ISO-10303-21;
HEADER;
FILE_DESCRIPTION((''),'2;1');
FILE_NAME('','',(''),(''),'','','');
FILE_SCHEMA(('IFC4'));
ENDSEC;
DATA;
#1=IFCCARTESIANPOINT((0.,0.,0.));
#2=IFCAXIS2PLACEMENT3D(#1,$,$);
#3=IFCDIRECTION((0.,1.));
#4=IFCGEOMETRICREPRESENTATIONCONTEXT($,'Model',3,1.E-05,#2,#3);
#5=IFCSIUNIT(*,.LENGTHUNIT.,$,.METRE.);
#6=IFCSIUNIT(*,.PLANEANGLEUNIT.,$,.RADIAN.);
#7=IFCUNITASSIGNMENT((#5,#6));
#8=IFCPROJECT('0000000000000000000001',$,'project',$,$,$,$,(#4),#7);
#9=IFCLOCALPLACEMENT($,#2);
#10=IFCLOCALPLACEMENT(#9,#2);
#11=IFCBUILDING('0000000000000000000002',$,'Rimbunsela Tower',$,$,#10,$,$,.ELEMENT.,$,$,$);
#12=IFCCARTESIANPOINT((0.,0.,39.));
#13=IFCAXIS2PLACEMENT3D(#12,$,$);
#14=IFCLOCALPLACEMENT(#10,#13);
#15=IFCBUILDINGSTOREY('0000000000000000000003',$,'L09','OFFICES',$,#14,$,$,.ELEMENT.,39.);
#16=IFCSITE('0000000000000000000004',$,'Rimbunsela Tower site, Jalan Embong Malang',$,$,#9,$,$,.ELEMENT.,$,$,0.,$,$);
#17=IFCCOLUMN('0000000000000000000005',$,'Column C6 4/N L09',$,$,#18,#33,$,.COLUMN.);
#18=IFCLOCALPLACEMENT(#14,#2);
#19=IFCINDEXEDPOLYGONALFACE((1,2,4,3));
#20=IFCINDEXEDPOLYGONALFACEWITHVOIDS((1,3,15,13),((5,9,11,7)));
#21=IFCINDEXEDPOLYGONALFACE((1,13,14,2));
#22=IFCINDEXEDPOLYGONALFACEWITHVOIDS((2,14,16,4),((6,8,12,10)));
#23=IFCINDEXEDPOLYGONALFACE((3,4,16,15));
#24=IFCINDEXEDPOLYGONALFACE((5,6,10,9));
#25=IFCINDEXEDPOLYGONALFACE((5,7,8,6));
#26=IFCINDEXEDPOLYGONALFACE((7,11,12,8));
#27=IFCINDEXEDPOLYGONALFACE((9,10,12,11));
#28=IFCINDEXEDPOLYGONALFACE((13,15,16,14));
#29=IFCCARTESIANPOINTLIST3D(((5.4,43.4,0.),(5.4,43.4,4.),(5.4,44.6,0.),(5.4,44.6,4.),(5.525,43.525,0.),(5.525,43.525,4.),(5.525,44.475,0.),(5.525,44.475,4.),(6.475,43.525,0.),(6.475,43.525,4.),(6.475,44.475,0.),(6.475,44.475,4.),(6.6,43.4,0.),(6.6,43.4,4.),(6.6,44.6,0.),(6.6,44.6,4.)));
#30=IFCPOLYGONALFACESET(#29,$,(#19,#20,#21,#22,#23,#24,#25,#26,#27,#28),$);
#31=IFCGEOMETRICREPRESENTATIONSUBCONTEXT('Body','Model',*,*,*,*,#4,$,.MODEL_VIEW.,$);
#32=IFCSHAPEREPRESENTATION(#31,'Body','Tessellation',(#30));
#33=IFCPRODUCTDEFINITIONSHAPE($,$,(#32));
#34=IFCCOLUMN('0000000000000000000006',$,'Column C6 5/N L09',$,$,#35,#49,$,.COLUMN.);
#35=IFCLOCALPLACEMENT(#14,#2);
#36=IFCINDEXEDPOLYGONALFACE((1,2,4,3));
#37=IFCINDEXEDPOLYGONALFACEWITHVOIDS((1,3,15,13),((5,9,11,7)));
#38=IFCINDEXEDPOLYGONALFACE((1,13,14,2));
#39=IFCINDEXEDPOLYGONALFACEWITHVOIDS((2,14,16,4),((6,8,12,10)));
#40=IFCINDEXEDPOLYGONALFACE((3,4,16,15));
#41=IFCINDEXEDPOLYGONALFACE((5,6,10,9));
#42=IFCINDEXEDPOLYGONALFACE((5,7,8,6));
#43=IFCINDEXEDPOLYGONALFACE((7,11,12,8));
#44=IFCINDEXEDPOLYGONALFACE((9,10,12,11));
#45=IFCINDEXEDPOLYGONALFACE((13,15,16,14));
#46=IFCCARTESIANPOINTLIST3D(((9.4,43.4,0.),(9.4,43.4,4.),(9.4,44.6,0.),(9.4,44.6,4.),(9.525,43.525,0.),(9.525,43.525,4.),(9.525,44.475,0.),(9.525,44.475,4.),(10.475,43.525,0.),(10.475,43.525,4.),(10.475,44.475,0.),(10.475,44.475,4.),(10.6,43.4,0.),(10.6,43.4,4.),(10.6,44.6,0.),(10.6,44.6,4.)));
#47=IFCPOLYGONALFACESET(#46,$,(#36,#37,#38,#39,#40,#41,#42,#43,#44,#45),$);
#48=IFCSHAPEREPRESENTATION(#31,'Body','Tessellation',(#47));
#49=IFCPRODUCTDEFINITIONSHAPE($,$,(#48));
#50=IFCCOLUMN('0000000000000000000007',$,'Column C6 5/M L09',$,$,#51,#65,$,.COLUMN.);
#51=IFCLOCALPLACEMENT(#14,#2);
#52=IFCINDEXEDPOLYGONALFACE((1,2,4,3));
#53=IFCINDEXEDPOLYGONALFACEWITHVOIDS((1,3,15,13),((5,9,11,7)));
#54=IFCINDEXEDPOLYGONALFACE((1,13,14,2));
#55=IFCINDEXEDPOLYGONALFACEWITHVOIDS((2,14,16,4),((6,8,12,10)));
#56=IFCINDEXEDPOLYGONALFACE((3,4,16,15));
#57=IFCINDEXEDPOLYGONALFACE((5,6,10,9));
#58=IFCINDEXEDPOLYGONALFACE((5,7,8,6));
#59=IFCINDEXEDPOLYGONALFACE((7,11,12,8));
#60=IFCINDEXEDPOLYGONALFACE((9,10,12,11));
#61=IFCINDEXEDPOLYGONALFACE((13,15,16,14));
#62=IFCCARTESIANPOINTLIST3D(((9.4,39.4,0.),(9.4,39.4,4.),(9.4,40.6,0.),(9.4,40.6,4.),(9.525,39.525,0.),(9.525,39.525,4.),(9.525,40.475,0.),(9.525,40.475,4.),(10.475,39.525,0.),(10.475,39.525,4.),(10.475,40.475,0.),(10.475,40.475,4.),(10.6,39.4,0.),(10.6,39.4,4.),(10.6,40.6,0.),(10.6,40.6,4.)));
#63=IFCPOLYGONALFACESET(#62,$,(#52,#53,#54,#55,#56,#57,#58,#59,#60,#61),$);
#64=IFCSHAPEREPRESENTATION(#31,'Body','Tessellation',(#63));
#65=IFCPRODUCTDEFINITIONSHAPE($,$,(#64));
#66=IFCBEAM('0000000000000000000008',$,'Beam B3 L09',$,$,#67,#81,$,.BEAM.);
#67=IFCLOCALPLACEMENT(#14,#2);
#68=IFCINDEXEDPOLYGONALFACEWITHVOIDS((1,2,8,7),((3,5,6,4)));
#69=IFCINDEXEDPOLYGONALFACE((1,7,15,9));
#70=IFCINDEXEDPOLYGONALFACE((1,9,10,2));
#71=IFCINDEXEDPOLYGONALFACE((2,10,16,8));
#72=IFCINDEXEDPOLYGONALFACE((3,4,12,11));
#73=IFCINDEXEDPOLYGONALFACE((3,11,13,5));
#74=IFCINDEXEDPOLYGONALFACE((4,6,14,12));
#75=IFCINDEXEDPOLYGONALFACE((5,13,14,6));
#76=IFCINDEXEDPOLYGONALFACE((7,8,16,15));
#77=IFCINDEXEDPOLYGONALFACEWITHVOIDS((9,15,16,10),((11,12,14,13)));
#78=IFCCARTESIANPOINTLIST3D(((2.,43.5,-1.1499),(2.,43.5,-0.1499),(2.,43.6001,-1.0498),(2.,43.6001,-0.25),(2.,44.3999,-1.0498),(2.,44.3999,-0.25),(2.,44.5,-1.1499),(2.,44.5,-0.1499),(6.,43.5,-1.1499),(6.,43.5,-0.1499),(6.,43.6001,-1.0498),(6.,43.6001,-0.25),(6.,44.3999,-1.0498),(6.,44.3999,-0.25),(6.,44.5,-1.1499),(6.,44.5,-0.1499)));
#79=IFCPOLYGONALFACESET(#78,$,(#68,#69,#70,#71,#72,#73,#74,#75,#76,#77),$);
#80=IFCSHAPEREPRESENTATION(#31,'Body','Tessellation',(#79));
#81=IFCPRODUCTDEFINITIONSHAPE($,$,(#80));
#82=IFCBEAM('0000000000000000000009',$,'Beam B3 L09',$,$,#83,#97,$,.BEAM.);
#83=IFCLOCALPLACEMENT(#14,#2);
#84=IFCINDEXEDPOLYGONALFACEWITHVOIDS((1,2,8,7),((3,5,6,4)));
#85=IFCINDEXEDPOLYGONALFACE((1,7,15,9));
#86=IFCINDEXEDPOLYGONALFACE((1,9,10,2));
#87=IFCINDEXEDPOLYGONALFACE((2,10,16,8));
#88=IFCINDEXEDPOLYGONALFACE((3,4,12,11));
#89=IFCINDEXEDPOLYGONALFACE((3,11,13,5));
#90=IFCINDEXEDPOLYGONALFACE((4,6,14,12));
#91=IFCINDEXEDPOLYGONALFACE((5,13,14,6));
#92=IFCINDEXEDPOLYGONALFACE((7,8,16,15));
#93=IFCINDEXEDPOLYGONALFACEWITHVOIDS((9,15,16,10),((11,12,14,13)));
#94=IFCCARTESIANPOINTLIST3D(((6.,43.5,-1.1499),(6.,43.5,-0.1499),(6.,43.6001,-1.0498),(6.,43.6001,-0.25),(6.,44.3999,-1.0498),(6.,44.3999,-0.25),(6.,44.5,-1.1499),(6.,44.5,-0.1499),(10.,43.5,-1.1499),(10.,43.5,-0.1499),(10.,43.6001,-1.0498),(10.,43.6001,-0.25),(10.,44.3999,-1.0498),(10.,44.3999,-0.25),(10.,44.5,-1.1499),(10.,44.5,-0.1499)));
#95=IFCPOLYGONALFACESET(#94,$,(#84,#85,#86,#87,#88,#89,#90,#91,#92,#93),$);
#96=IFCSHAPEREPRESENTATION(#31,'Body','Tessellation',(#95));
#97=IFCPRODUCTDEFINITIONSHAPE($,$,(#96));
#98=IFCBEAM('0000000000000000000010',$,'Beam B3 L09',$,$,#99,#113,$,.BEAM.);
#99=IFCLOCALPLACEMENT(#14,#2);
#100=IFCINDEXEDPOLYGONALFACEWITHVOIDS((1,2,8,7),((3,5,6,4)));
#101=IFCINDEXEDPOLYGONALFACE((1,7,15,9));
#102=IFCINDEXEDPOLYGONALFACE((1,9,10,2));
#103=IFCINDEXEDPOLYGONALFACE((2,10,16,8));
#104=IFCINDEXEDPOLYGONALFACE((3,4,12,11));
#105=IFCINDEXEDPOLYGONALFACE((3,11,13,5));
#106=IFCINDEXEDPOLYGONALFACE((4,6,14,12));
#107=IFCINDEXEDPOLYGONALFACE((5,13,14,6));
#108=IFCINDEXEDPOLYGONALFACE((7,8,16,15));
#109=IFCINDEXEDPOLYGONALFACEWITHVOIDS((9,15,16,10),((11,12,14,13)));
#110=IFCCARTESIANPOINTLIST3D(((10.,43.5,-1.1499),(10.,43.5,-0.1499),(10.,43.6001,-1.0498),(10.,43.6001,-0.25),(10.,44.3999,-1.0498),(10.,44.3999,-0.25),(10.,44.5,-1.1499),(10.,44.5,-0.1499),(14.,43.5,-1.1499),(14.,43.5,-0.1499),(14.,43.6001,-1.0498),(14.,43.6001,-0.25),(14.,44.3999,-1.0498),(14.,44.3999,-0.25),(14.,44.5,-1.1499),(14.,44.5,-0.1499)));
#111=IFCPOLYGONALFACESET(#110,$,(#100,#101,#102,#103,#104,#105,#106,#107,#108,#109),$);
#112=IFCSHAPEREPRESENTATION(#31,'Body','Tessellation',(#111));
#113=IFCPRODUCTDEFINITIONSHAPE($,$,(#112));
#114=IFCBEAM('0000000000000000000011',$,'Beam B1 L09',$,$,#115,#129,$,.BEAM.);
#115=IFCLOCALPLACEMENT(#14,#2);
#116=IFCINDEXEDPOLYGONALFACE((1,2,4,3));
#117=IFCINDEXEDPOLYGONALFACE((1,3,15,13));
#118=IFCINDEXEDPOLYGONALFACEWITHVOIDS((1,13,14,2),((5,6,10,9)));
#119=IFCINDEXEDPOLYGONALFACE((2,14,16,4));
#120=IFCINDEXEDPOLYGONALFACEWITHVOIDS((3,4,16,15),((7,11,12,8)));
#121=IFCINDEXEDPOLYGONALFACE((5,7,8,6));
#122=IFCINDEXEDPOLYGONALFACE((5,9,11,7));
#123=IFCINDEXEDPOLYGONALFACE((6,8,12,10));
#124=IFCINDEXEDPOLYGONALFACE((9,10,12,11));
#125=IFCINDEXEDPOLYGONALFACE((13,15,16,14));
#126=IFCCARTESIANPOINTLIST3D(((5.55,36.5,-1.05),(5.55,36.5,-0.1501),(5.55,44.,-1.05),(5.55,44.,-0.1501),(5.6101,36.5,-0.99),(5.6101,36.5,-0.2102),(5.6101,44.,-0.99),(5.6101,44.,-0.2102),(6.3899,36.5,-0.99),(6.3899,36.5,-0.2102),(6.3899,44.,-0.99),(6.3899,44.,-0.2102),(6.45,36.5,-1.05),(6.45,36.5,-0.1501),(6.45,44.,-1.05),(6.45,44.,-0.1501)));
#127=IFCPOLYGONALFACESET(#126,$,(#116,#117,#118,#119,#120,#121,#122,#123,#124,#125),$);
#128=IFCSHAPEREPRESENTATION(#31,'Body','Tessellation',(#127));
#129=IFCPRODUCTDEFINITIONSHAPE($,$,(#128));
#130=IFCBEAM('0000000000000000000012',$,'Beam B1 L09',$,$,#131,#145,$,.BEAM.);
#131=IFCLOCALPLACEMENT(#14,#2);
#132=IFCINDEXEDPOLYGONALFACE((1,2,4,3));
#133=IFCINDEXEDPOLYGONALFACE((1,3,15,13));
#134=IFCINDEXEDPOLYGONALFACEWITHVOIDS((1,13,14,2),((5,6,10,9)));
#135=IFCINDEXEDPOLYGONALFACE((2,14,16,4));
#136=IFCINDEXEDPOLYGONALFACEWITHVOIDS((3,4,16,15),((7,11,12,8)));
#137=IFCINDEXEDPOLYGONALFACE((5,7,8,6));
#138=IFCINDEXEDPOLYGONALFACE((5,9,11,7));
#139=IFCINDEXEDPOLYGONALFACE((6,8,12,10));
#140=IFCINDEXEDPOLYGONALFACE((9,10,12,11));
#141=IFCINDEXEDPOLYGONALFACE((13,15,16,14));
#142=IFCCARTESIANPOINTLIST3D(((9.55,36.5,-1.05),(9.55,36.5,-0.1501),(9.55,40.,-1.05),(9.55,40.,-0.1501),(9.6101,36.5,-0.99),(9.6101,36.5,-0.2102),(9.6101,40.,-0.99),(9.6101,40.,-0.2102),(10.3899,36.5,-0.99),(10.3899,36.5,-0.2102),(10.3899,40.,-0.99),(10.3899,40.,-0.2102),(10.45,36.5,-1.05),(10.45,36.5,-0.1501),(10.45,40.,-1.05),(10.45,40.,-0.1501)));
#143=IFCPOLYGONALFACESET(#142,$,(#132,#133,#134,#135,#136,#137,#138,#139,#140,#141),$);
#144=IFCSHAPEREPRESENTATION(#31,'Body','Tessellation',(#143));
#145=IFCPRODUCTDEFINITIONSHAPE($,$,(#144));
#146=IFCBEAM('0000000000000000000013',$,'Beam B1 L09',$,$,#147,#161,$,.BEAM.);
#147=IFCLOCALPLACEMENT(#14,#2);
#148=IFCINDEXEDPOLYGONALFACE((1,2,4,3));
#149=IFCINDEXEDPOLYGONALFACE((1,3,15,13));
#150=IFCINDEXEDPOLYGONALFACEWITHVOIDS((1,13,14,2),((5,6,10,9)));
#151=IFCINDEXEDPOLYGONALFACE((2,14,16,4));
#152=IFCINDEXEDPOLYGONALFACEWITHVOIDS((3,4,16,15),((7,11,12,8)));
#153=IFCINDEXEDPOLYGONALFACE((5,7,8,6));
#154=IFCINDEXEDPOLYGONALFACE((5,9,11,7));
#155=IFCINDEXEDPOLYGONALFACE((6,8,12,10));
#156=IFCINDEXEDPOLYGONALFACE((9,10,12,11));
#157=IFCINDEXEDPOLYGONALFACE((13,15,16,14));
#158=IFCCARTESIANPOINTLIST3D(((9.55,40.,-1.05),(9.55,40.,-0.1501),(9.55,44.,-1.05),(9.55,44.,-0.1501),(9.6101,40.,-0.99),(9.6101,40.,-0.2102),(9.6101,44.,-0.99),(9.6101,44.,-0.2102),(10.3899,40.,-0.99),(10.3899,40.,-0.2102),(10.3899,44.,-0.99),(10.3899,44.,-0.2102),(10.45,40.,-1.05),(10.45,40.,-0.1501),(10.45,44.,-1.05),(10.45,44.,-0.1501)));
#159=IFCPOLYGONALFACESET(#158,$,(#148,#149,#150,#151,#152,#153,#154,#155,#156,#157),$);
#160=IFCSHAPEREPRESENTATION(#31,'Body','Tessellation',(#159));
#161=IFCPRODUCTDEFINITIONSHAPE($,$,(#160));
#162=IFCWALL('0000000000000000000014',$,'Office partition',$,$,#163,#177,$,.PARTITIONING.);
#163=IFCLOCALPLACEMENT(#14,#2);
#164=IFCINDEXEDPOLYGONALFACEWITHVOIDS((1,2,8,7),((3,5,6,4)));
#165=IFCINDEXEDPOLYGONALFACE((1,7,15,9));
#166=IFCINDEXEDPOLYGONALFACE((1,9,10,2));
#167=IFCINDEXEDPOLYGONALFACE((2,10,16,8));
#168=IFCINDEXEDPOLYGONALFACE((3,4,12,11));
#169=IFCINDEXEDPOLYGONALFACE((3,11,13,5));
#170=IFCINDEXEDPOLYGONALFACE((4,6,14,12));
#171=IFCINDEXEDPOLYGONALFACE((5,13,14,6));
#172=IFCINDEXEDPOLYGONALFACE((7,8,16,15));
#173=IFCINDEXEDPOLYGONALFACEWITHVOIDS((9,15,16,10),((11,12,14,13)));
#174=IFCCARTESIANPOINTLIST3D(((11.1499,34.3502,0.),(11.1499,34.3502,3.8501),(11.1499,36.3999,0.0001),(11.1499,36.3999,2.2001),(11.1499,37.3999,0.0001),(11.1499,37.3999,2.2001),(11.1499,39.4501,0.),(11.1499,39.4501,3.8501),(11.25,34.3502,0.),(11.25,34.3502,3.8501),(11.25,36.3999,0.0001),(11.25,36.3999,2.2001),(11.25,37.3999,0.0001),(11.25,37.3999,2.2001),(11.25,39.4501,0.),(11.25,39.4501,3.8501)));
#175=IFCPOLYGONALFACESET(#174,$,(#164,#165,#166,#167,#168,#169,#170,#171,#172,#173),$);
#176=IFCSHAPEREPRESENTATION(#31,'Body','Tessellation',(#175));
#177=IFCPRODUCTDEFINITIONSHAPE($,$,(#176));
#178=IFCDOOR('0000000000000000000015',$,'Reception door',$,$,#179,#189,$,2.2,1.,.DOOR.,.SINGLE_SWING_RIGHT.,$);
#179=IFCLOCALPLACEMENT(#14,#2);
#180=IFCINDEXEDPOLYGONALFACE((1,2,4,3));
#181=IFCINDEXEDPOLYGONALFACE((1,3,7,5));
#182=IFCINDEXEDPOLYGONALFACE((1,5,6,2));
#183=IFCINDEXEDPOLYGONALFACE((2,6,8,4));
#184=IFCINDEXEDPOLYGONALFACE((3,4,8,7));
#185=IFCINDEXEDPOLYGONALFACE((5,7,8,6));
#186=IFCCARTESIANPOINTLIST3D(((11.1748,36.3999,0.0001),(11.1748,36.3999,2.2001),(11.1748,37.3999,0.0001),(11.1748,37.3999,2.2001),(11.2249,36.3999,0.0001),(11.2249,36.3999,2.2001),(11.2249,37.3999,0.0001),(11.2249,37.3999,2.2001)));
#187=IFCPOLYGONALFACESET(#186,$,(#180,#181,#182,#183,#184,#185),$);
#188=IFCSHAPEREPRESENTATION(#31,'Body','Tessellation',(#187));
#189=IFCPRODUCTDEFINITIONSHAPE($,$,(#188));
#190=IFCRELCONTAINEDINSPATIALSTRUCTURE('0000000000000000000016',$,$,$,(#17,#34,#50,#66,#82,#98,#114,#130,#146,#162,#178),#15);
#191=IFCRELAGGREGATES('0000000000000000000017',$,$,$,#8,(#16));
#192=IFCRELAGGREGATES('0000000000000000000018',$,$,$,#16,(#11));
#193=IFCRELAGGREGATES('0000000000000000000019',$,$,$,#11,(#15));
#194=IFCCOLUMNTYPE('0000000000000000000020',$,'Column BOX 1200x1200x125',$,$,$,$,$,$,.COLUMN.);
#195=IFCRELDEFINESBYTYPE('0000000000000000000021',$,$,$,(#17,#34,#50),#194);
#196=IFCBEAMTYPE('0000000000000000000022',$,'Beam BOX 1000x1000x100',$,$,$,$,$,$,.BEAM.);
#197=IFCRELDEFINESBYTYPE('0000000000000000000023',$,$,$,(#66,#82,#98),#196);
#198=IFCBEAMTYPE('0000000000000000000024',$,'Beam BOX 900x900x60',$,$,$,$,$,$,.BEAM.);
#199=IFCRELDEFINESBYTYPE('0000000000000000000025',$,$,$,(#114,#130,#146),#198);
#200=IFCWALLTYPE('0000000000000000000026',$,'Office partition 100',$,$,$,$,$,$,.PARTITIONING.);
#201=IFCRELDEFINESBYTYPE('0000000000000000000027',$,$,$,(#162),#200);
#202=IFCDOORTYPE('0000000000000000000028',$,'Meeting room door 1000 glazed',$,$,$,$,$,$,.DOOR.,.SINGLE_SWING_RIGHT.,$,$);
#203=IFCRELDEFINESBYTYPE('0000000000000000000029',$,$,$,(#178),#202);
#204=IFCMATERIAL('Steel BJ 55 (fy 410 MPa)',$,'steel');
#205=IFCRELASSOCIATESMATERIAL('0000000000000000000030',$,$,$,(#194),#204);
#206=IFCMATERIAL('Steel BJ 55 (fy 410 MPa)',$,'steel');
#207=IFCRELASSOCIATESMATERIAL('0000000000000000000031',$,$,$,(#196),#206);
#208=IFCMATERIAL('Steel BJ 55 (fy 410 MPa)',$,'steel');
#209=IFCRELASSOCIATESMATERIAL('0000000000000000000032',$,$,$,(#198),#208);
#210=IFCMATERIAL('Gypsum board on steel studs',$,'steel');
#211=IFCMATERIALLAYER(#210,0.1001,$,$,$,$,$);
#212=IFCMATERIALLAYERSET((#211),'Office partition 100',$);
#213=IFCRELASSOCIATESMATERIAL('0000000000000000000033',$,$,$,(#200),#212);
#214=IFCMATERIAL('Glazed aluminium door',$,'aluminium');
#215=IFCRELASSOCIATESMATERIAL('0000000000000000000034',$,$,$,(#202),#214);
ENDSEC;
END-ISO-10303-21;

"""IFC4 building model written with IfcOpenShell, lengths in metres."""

from ifc_helpers import new_model, si_unit, direction, frame, frame_2d, origin, origin_2d, place, context, subcontext, project, spatial, rectangle, hollow_rectangle, extrude, material, layer, layer_set, material_profile, profile_set, type_object, element, fill, save


model = new_model("IFC4")

# Units and contexts
model_context = context("Model", 3, precision=1e-05, world=origin(), true_north=direction((0.0, 1.0)))
body_context = subcontext(model_context, "Body", "Model", "MODEL_VIEW")
ifc_project = project(units=[si_unit("LENGTHUNIT", "METRE"), si_unit("PLANEANGLEUNIT", "RADIAN")], contexts=[model_context])

# Site, building, storey
site_placement = place(None, origin())
site = spatial("IfcSite", under=ifc_project, at=site_placement, Name="Rimbunsela Tower site, Jalan Embong Malang", CompositionType="ELEMENT", RefElevation=0.0)
building_placement = place(site_placement, origin())
building = spatial("IfcBuilding", under=site, at=building_placement, Name="Rimbunsela Tower", CompositionType="ELEMENT")
storey_placement = place(building_placement, frame((0.0, 0.0, 39.0)))
storey = spatial("IfcBuildingStorey", under=building, at=storey_placement, Name="L09", Description="OFFICES", CompositionType="ELEMENT", Elevation=39.0)

# Columns
ifc_material_1 = material(Name="Steel BJ 55 (fy 410 MPa)", Category="steel")
ifc_material_profile_1 = material_profile(ifc_material_1, hollow_rectangle(XDim=1.2, YDim=1.2, WallThickness=0.125, at=origin_2d()), Name="BOX 1200x1200x125")
ifc_profile_set_1 = profile_set([ifc_material_profile_1], Name="Steel BJ 55 (fy 410 MPa)")
column_type = type_object("IfcColumnType", Name="Column BOX 1200x1200x125", PredefinedType="COLUMN", material=ifc_profile_set_1)
for number, where, z_axis, x_axis, name in (
    (1, (6.0, 44.0, 0.0), (0.0, 0.0, 1.0), (1.0, 0.0, 0.0), "Column C6 4/N L09"),
    (2, (10.0, 44.0, 0.0), (0.0, 0.0, 1.0), (1.0, 0.0, 0.0), "Column C6 5/N L09"),
    (3, (10.0, 40.0, 0.0), (0.0, 0.0, 1.0), (1.0, 0.0, 0.0), "Column C6 5/M L09"),
):
    element("IfcColumn", number, at=place(storey_placement, frame(where, z_axis=z_axis, x_axis=x_axis)), inside=storey, type_object=column_type, Name=name, PredefinedType="COLUMN", context=body_context, shape_type="SweptSolid", body=[
        extrude(hollow_rectangle(XDim=1.2, YDim=1.2, WallThickness=0.125, at=origin_2d()), origin(), (0.0, 0.0, 1.0), 4.0),
    ])

# Beams
ifc_material_2 = material(Name="Steel BJ 55 (fy 410 MPa)", Category="steel")
ifc_material_profile_2 = material_profile(ifc_material_2, hollow_rectangle(XDim=1.0, YDim=1.0, WallThickness=0.1001, at=origin_2d()), Name="BOX 1000x1000x100")
ifc_profile_set_2 = profile_set([ifc_material_profile_2], Name="Steel BJ 55 (fy 410 MPa)")
beam_type_1 = type_object("IfcBeamType", Name="Beam BOX 1000x1000x100", PredefinedType="BEAM", material=ifc_profile_set_2)
for number, where, z_axis, x_axis, name in (
    (4, (2.0, 44.0, -0.6499), (1.0, 0.0, 0.0), (0.0, 1.0, 0.0), "Beam B3 L09"),
    (5, (6.0, 44.0, -0.6499), (1.0, 0.0, 0.0), (0.0, 1.0, 0.0), "Beam B3 L09"),
    (6, (10.0, 44.0, -0.6499), (1.0, 0.0, 0.0), (0.0, 1.0, 0.0), "Beam B3 L09"),
):
    element("IfcBeam", number, at=place(storey_placement, frame(where, z_axis=z_axis, x_axis=x_axis)), inside=storey, type_object=beam_type_1, Name=name, PredefinedType="BEAM", context=body_context, shape_type="SweptSolid", body=[
        extrude(hollow_rectangle(XDim=1.0, YDim=1.0, WallThickness=0.1001, at=origin_2d()), origin(), (0.0, 0.0, 1.0), 4.0),
    ])
ifc_material_3 = material(Name="Steel BJ 55 (fy 410 MPa)", Category="steel")
ifc_material_profile_3 = material_profile(ifc_material_3, hollow_rectangle(XDim=0.8999, YDim=0.8999, WallThickness=0.0601, at=origin_2d()), Name="BOX 900x900x60")
ifc_profile_set_3 = profile_set([ifc_material_profile_3], Name="Steel BJ 55 (fy 410 MPa)")
beam_type_2 = type_object("IfcBeamType", Name="Beam BOX 900x900x60", PredefinedType="BEAM", material=ifc_profile_set_3)
beam_1_placement = place(storey_placement, frame((6.0, 36.5, -0.6001), z_axis=(0.0, 1.0, 0.0), x_axis=(-1.0, 0.0, 0.0)))
element("IfcBeam", 7, at=beam_1_placement, inside=storey, type_object=beam_type_2, Name="Beam B1 L09", PredefinedType="BEAM", context=body_context, shape_type="SweptSolid", body=[
    extrude(hollow_rectangle(XDim=0.8999, YDim=0.8999, WallThickness=0.0601, at=origin_2d()), origin(), (0.0, 0.0, 1.0), 7.5),
])
beam_2_placement = place(storey_placement, frame((10.0, 36.5, -0.6001), z_axis=(0.0, 1.0, 0.0), x_axis=(-1.0, 0.0, 0.0)))
element("IfcBeam", 8, at=beam_2_placement, inside=storey, type_object=beam_type_2, Name="Beam B1 L09", PredefinedType="BEAM", context=body_context, shape_type="SweptSolid", body=[
    extrude(hollow_rectangle(XDim=0.8999, YDim=0.8999, WallThickness=0.0601, at=origin_2d()), origin(), (0.0, 0.0, 1.0), 3.5),
])
beam_3_placement = place(storey_placement, frame((10.0, 40.0, -0.6001), z_axis=(0.0, 1.0, 0.0), x_axis=(-1.0, 0.0, 0.0)))
element("IfcBeam", 9, at=beam_3_placement, inside=storey, type_object=beam_type_2, Name="Beam B1 L09", PredefinedType="BEAM", context=body_context, shape_type="SweptSolid", body=[
    extrude(hollow_rectangle(XDim=0.8999, YDim=0.8999, WallThickness=0.0601, at=origin_2d()), origin(), (0.0, 0.0, 1.0), 4.0),
])

# Wall, opening, door
ifc_material_4 = material(Name="Gypsum board on steel studs", Category="steel")
ifc_layer_1 = layer(ifc_material_4, 0.1001)
ifc_layer_set_1 = layer_set([ifc_layer_1], Name="Office partition 100")
wall_type_1 = type_object("IfcWallType", Name="Office partition 100", PredefinedType="PARTITIONING", material=ifc_layer_set_1)
wall_1_placement = place(storey_placement, frame((11.2, 39.45, 0.0), z_axis=(0.0, 0.0, 1.0), x_axis=(0.0, -1.0, 0.0)))
wall_1 = element("IfcWall", 10, at=wall_1_placement, inside=storey, type_object=wall_type_1, Name="Office partition", PredefinedType="PARTITIONING", context=body_context, shape_type="SweptSolid", body=[
    extrude(rectangle(XDim=5.0999, YDim=0.1001, at=frame_2d((2.5498, 0.0))), origin(), (0.0, 0.0, 1.0), 3.8501),
])
opening_1_placement = place(wall_1_placement, frame((2.05, 0.0, 0.0)))
opening_1 = element("IfcOpeningElement", 11, at=opening_1_placement, cuts=wall_1, PredefinedType="OPENING", context=body_context, shape_type="SweptSolid", body=[
    extrude(rectangle(XDim=1.0, YDim=2.2, at=frame_2d((0.5, 1.1001))), frame((0.0, 0.0601, 0.0), z_axis=(0.0, -1.0, 0.0), x_axis=(1.0, 0.0, 0.0)), (0.0, 0.0, 1.0), 0.1201),
])
ifc_material_5 = material(Name="Glazed aluminium door", Category="aluminium")
door_type = type_object("IfcDoorType", Name="Meeting room door 1000 glazed", OperationType="SINGLE_SWING_RIGHT", PredefinedType="DOOR", material=ifc_material_5)
door_placement = place(opening_1_placement, origin())
door = element("IfcDoor", 12, at=door_placement, inside=storey, type_object=door_type, Name="Reception door", OperationType="SINGLE_SWING_RIGHT", OverallHeight=2.2, OverallWidth=1.0, PredefinedType="DOOR", context=body_context, shape_type="SweptSolid", body=[
    extrude(rectangle(XDim=1.0, YDim=2.2, at=frame_2d((0.5, 1.1001))), frame((0.0, 0.0249, 0.0), z_axis=(0.0, -1.0, 0.0), x_axis=(1.0, 0.0, 0.0)), (0.0, 0.0, 1.0), 0.05),
])
fill(opening_1, door)

save(model, "model.ifc")
